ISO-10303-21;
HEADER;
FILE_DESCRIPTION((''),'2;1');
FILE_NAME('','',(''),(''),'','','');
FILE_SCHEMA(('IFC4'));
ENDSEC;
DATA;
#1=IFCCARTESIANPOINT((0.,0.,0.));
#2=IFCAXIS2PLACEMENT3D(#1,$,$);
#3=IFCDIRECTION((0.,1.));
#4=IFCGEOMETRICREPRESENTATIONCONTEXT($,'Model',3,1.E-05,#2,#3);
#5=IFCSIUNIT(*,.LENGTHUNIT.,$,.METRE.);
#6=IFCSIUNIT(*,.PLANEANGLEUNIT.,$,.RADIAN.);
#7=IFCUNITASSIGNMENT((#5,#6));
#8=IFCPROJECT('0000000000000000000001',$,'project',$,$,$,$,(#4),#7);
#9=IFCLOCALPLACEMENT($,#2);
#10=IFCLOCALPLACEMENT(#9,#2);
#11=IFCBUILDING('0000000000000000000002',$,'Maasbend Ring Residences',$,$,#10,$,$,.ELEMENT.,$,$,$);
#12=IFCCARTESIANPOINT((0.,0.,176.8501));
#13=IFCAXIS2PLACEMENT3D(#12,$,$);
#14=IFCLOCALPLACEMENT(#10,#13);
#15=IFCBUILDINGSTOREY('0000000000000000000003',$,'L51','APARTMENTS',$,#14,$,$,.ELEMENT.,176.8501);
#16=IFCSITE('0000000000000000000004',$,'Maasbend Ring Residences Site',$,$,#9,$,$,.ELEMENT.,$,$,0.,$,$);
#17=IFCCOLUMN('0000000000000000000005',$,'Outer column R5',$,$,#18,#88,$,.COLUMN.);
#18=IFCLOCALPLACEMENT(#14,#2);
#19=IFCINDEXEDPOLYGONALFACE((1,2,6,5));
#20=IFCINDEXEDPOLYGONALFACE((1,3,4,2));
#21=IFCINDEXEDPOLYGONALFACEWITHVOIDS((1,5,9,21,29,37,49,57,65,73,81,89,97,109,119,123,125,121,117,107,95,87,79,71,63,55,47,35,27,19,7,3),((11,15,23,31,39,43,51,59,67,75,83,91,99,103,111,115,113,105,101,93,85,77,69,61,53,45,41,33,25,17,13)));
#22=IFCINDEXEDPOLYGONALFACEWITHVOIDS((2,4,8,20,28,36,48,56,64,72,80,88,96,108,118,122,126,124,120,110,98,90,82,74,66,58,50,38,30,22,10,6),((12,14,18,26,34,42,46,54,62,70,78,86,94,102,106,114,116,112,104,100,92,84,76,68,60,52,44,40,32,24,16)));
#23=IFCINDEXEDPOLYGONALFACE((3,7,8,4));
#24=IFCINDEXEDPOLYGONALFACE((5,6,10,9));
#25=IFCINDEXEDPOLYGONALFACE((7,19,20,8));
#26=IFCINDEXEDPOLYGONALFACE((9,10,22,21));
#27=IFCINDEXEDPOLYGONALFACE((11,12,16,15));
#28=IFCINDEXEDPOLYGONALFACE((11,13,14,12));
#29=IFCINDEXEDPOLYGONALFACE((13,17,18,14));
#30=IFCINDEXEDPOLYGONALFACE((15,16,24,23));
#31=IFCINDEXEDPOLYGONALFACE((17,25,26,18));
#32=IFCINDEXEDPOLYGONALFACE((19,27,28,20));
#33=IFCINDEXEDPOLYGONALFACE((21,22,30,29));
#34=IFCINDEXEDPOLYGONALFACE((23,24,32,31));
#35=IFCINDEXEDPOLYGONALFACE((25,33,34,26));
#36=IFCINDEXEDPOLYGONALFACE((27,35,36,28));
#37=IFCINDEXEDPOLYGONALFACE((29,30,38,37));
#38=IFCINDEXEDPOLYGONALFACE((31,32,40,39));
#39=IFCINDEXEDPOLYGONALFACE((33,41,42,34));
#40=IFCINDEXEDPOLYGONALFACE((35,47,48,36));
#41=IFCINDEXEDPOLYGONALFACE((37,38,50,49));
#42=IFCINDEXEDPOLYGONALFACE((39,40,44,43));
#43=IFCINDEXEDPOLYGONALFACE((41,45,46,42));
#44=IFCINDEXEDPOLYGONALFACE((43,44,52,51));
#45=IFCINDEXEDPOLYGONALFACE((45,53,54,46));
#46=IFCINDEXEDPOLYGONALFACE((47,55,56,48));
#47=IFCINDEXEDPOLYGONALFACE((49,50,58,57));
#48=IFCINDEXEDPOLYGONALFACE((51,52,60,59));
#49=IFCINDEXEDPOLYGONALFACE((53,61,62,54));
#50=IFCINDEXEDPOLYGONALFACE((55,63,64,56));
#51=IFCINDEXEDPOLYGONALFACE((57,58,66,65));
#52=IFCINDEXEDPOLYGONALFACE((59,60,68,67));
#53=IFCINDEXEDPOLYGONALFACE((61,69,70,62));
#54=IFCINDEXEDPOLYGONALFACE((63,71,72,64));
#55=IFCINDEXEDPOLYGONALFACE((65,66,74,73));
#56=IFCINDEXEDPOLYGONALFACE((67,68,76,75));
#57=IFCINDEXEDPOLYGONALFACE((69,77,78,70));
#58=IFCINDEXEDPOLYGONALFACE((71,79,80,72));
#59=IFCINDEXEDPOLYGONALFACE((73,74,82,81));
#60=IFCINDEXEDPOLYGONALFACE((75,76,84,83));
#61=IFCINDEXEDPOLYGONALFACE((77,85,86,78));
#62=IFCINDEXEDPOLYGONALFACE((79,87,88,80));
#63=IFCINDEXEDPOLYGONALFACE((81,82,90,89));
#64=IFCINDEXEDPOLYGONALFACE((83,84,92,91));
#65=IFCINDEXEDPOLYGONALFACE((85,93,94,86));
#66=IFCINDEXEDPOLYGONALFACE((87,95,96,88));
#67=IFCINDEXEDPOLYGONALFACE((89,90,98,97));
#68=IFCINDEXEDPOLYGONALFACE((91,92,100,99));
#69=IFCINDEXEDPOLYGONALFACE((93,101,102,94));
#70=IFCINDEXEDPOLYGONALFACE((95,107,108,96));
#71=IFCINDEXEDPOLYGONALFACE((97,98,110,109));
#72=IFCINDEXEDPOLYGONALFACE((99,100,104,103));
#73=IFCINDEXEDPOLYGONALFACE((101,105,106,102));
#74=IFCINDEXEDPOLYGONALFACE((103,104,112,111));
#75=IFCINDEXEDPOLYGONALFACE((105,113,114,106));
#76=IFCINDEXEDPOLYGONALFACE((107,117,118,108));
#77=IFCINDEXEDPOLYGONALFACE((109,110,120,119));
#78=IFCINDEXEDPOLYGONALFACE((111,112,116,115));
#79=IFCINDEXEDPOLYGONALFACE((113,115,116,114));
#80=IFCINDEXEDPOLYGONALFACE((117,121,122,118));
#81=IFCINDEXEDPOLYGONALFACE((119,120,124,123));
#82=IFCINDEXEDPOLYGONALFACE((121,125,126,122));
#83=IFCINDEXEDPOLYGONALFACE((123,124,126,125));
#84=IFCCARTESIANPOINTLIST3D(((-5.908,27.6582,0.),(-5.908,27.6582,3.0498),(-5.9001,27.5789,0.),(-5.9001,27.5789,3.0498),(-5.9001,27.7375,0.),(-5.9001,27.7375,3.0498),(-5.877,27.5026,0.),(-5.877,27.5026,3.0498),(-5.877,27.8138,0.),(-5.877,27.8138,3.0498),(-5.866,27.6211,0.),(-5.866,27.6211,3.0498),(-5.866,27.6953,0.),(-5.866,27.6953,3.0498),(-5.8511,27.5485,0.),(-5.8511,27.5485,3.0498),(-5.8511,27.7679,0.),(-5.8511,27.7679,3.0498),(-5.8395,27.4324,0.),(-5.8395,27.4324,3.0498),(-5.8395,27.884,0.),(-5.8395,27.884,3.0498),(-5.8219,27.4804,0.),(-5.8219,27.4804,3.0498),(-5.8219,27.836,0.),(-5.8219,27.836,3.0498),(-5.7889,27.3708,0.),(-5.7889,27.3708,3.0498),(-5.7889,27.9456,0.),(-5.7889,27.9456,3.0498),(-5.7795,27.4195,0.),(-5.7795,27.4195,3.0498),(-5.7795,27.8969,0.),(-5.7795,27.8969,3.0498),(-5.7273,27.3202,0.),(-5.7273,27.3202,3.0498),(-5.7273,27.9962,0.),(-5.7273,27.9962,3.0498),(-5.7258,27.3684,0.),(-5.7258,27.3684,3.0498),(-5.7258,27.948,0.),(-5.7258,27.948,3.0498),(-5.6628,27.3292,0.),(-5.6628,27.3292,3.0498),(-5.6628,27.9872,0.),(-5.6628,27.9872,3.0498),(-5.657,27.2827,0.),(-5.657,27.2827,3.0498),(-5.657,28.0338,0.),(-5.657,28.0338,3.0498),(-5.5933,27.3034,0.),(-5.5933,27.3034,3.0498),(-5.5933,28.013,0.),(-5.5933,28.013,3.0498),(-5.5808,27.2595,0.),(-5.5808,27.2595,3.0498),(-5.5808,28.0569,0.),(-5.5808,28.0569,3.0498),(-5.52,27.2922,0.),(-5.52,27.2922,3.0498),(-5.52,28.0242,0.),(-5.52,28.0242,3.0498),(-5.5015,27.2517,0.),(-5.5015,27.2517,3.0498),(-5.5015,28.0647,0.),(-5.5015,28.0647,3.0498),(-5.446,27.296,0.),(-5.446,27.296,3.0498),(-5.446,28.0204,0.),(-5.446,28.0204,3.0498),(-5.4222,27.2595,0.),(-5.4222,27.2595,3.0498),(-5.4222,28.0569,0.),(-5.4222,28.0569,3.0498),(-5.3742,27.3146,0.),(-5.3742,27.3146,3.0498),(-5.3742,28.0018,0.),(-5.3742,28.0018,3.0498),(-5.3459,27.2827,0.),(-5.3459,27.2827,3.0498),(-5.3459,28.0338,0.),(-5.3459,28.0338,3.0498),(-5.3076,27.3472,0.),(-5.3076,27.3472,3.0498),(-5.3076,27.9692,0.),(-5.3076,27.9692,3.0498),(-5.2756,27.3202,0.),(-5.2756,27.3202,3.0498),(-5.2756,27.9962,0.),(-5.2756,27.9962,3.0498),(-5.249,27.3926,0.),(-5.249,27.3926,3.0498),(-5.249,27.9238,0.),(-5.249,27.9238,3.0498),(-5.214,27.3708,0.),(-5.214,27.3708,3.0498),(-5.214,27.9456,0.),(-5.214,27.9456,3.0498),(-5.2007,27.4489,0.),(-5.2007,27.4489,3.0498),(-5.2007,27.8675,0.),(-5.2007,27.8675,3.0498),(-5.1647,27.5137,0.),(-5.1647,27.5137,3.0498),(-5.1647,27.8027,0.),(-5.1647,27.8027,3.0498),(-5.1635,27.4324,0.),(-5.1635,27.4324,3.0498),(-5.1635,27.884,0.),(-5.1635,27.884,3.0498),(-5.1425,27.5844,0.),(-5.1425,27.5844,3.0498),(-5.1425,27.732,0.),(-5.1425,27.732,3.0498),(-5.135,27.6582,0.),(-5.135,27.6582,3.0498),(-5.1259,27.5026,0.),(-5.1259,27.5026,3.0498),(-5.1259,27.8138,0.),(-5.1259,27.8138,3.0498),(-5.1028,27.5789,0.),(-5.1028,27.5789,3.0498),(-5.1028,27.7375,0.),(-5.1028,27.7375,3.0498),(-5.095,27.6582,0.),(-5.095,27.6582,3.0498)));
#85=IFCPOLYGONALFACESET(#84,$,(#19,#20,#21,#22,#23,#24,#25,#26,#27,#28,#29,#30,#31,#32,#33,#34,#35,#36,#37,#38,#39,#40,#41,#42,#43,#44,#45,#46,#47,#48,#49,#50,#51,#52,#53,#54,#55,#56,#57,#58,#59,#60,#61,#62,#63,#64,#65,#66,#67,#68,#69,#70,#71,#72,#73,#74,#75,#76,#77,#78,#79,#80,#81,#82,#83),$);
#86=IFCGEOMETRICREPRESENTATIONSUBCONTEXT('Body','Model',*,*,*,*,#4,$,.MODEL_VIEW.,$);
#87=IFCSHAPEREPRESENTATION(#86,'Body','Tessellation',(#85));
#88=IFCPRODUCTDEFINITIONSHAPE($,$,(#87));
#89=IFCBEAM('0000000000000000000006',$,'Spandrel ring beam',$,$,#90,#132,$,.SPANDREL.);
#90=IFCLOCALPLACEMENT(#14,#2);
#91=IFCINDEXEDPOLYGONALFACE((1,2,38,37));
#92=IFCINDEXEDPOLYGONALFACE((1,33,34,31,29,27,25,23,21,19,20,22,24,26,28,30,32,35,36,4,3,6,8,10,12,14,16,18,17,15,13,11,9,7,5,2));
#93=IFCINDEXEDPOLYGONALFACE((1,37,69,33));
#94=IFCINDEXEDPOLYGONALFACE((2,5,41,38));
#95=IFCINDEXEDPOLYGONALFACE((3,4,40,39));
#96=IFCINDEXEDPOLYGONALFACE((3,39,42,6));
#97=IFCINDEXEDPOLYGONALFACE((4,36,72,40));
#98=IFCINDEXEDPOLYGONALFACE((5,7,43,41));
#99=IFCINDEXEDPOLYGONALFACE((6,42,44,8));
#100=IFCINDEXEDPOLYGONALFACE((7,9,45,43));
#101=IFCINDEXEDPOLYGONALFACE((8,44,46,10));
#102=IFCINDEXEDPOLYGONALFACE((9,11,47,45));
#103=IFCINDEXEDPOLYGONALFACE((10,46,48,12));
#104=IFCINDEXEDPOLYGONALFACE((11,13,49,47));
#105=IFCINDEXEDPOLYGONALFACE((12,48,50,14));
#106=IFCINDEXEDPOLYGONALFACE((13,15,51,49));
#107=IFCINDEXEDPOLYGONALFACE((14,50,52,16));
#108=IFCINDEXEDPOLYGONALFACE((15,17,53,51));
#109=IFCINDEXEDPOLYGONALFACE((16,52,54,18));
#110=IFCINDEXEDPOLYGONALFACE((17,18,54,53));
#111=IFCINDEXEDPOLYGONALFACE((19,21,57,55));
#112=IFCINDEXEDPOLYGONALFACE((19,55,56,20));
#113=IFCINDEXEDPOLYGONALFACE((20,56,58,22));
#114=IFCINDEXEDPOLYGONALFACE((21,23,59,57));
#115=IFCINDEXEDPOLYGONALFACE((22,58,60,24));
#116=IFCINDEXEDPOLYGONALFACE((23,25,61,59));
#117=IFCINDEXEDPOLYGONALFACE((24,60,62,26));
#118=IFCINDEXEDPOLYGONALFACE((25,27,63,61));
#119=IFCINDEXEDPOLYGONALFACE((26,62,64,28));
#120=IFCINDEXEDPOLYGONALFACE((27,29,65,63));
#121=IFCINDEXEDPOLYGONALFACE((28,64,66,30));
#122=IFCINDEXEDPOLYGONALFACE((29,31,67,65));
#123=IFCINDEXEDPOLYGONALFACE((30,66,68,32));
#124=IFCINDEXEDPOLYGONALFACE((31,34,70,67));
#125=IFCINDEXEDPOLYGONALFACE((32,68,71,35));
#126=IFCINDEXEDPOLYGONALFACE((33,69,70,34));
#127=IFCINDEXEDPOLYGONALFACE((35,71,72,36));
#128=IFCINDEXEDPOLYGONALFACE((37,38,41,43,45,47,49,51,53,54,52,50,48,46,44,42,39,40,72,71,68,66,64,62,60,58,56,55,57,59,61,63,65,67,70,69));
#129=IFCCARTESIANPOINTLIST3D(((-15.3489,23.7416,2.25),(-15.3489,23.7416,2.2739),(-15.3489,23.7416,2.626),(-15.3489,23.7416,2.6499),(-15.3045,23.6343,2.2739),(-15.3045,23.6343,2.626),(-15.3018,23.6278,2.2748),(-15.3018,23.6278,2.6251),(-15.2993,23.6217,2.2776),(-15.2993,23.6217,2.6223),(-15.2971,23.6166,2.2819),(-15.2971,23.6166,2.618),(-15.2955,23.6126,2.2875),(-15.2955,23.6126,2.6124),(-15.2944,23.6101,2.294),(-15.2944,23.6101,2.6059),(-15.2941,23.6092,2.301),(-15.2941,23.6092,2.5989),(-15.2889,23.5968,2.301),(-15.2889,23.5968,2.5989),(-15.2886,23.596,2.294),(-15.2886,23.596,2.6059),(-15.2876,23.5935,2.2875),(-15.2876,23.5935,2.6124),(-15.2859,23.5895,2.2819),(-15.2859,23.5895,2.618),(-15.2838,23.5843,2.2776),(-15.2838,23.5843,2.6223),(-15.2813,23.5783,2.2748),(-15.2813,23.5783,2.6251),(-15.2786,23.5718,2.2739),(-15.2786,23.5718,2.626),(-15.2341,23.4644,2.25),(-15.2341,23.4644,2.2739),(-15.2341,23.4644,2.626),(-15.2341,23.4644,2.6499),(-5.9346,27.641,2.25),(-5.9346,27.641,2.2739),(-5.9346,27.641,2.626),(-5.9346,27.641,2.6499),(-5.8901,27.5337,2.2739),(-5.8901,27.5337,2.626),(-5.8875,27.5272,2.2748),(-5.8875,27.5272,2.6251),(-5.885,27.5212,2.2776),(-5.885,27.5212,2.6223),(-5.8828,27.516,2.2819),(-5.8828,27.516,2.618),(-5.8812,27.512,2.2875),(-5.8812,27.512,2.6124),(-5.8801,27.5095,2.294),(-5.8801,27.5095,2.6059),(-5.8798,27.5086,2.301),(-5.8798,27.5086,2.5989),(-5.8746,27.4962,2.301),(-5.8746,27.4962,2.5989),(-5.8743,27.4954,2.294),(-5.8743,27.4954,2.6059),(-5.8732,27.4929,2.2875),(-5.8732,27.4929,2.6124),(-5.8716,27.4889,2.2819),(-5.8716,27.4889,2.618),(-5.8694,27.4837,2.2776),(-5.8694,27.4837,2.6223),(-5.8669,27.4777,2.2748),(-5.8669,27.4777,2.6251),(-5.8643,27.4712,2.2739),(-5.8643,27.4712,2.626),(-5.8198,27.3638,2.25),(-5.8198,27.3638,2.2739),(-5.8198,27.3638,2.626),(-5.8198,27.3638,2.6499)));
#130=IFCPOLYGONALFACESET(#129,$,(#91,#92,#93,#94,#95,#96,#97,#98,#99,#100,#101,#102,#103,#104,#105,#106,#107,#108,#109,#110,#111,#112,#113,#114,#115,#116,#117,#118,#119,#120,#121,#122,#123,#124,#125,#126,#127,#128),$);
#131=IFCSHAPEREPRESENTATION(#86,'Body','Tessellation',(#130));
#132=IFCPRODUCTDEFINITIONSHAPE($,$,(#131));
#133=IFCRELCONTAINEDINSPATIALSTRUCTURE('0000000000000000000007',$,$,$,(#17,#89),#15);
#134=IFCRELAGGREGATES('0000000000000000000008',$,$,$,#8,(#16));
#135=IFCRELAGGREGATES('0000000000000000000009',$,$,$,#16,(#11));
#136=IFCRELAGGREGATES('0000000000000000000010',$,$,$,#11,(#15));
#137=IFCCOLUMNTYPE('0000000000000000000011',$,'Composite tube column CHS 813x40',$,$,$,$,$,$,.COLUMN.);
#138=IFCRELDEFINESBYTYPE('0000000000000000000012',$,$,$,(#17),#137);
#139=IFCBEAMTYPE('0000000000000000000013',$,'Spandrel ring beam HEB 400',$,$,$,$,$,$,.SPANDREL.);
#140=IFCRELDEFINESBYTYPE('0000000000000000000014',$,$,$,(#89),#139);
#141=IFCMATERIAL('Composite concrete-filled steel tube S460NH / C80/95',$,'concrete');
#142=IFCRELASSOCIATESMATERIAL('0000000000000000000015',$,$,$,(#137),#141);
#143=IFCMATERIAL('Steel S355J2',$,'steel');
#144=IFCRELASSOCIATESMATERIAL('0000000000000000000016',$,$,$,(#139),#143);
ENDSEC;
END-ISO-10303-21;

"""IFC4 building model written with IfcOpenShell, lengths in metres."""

from ifc_helpers import new_model, si_unit, direction, frame, origin, origin_2d, place, context, subcontext, project, spatial, hollow_circle, i_section, extrude, material, material_profile, profile_set, type_object, element, save


model = new_model("IFC4")

# Units and contexts
model_context = context("Model", 3, precision=1e-05, world=origin(), true_north=direction((0.0, 1.0)))
body_context = subcontext(model_context, "Body", "Model", "MODEL_VIEW")
ifc_project = project(units=[si_unit("LENGTHUNIT", "METRE"), si_unit("PLANEANGLEUNIT", "RADIAN")], contexts=[model_context])

# Site, building, storey
site_placement = place(None, origin())
site = spatial("IfcSite", under=ifc_project, at=site_placement, Name="Maasbend Ring Residences Site", CompositionType="ELEMENT", RefElevation=0.0)
building_placement = place(site_placement, origin())
building = spatial("IfcBuilding", under=site, at=building_placement, Name="Maasbend Ring Residences", CompositionType="ELEMENT")
storey_placement = place(building_placement, frame((0.0, 0.0, 176.8501)))
storey = spatial("IfcBuildingStorey", under=building, at=storey_placement, Name="L51", Description="APARTMENTS", CompositionType="ELEMENT", Elevation=176.8501)

# Column
ifc_material_1 = material(Name="Composite concrete-filled steel tube S460NH / C80/95", Category="concrete")
ifc_material_profile_1 = material_profile(ifc_material_1, hollow_circle(Radius=0.4065, WallThickness=0.04, at=origin_2d()), Name="Composite tube column CHS 813x40")
ifc_profile_set_1 = profile_set([ifc_material_profile_1], Name="Composite concrete-filled steel tube S460NH / C80/95")
column_type = type_object("IfcColumnType", Name="Composite tube column CHS 813x40", PredefinedType="COLUMN", material=ifc_profile_set_1)
column_placement = place(storey_placement, frame((-5.5015, 27.6582, 0.0), z_axis=(0.0, 0.0, 1.0), x_axis=(1.0, 0.0, 0.0)))
element("IfcColumn", 1, at=column_placement, inside=storey, type_object=column_type, Name="Outer column R5", PredefinedType="COLUMN", context=body_context, shape_type="SweptSolid", body=[
    extrude(hollow_circle(Radius=0.4065, WallThickness=0.04, at=origin_2d()), origin(), (0.0, 0.0, 1.0), 3.0498),
])

# Beam
ifc_material_2 = material(Name="Steel S355J2", Category="steel")
ifc_material_profile_2 = material_profile(ifc_material_2, i_section(OverallWidth=0.3, OverallDepth=0.3999, WebThickness=0.0134, FlangeThickness=0.0239, FilletRadius=0.0271, at=origin_2d()), Name="HEB 400")
ifc_profile_set_2 = profile_set([ifc_material_profile_2], Name="Steel S355J2")
beam_type = type_object("IfcBeamType", Name="Spandrel ring beam HEB 400", PredefinedType="SPANDREL", material=ifc_profile_set_2)
beam_placement = place(storey_placement, frame((-5.8772, 27.5024, 2.45), z_axis=(-0.923884, -0.382673, 0.0), x_axis=(0.382673, -0.923884, 0.0)))
element("IfcBeam", 2, at=beam_placement, inside=storey, type_object=beam_type, Name="Spandrel ring beam", PredefinedType="SPANDREL", context=body_context, shape_type="SweptSolid", body=[
    extrude(i_section(OverallWidth=0.3, OverallDepth=0.3999, WebThickness=0.0134, FlangeThickness=0.0239, FilletRadius=0.0271, at=origin_2d()), origin(), (0.0, 0.0, 1.0), 10.1899),
])

save(model, "model.ifc")
